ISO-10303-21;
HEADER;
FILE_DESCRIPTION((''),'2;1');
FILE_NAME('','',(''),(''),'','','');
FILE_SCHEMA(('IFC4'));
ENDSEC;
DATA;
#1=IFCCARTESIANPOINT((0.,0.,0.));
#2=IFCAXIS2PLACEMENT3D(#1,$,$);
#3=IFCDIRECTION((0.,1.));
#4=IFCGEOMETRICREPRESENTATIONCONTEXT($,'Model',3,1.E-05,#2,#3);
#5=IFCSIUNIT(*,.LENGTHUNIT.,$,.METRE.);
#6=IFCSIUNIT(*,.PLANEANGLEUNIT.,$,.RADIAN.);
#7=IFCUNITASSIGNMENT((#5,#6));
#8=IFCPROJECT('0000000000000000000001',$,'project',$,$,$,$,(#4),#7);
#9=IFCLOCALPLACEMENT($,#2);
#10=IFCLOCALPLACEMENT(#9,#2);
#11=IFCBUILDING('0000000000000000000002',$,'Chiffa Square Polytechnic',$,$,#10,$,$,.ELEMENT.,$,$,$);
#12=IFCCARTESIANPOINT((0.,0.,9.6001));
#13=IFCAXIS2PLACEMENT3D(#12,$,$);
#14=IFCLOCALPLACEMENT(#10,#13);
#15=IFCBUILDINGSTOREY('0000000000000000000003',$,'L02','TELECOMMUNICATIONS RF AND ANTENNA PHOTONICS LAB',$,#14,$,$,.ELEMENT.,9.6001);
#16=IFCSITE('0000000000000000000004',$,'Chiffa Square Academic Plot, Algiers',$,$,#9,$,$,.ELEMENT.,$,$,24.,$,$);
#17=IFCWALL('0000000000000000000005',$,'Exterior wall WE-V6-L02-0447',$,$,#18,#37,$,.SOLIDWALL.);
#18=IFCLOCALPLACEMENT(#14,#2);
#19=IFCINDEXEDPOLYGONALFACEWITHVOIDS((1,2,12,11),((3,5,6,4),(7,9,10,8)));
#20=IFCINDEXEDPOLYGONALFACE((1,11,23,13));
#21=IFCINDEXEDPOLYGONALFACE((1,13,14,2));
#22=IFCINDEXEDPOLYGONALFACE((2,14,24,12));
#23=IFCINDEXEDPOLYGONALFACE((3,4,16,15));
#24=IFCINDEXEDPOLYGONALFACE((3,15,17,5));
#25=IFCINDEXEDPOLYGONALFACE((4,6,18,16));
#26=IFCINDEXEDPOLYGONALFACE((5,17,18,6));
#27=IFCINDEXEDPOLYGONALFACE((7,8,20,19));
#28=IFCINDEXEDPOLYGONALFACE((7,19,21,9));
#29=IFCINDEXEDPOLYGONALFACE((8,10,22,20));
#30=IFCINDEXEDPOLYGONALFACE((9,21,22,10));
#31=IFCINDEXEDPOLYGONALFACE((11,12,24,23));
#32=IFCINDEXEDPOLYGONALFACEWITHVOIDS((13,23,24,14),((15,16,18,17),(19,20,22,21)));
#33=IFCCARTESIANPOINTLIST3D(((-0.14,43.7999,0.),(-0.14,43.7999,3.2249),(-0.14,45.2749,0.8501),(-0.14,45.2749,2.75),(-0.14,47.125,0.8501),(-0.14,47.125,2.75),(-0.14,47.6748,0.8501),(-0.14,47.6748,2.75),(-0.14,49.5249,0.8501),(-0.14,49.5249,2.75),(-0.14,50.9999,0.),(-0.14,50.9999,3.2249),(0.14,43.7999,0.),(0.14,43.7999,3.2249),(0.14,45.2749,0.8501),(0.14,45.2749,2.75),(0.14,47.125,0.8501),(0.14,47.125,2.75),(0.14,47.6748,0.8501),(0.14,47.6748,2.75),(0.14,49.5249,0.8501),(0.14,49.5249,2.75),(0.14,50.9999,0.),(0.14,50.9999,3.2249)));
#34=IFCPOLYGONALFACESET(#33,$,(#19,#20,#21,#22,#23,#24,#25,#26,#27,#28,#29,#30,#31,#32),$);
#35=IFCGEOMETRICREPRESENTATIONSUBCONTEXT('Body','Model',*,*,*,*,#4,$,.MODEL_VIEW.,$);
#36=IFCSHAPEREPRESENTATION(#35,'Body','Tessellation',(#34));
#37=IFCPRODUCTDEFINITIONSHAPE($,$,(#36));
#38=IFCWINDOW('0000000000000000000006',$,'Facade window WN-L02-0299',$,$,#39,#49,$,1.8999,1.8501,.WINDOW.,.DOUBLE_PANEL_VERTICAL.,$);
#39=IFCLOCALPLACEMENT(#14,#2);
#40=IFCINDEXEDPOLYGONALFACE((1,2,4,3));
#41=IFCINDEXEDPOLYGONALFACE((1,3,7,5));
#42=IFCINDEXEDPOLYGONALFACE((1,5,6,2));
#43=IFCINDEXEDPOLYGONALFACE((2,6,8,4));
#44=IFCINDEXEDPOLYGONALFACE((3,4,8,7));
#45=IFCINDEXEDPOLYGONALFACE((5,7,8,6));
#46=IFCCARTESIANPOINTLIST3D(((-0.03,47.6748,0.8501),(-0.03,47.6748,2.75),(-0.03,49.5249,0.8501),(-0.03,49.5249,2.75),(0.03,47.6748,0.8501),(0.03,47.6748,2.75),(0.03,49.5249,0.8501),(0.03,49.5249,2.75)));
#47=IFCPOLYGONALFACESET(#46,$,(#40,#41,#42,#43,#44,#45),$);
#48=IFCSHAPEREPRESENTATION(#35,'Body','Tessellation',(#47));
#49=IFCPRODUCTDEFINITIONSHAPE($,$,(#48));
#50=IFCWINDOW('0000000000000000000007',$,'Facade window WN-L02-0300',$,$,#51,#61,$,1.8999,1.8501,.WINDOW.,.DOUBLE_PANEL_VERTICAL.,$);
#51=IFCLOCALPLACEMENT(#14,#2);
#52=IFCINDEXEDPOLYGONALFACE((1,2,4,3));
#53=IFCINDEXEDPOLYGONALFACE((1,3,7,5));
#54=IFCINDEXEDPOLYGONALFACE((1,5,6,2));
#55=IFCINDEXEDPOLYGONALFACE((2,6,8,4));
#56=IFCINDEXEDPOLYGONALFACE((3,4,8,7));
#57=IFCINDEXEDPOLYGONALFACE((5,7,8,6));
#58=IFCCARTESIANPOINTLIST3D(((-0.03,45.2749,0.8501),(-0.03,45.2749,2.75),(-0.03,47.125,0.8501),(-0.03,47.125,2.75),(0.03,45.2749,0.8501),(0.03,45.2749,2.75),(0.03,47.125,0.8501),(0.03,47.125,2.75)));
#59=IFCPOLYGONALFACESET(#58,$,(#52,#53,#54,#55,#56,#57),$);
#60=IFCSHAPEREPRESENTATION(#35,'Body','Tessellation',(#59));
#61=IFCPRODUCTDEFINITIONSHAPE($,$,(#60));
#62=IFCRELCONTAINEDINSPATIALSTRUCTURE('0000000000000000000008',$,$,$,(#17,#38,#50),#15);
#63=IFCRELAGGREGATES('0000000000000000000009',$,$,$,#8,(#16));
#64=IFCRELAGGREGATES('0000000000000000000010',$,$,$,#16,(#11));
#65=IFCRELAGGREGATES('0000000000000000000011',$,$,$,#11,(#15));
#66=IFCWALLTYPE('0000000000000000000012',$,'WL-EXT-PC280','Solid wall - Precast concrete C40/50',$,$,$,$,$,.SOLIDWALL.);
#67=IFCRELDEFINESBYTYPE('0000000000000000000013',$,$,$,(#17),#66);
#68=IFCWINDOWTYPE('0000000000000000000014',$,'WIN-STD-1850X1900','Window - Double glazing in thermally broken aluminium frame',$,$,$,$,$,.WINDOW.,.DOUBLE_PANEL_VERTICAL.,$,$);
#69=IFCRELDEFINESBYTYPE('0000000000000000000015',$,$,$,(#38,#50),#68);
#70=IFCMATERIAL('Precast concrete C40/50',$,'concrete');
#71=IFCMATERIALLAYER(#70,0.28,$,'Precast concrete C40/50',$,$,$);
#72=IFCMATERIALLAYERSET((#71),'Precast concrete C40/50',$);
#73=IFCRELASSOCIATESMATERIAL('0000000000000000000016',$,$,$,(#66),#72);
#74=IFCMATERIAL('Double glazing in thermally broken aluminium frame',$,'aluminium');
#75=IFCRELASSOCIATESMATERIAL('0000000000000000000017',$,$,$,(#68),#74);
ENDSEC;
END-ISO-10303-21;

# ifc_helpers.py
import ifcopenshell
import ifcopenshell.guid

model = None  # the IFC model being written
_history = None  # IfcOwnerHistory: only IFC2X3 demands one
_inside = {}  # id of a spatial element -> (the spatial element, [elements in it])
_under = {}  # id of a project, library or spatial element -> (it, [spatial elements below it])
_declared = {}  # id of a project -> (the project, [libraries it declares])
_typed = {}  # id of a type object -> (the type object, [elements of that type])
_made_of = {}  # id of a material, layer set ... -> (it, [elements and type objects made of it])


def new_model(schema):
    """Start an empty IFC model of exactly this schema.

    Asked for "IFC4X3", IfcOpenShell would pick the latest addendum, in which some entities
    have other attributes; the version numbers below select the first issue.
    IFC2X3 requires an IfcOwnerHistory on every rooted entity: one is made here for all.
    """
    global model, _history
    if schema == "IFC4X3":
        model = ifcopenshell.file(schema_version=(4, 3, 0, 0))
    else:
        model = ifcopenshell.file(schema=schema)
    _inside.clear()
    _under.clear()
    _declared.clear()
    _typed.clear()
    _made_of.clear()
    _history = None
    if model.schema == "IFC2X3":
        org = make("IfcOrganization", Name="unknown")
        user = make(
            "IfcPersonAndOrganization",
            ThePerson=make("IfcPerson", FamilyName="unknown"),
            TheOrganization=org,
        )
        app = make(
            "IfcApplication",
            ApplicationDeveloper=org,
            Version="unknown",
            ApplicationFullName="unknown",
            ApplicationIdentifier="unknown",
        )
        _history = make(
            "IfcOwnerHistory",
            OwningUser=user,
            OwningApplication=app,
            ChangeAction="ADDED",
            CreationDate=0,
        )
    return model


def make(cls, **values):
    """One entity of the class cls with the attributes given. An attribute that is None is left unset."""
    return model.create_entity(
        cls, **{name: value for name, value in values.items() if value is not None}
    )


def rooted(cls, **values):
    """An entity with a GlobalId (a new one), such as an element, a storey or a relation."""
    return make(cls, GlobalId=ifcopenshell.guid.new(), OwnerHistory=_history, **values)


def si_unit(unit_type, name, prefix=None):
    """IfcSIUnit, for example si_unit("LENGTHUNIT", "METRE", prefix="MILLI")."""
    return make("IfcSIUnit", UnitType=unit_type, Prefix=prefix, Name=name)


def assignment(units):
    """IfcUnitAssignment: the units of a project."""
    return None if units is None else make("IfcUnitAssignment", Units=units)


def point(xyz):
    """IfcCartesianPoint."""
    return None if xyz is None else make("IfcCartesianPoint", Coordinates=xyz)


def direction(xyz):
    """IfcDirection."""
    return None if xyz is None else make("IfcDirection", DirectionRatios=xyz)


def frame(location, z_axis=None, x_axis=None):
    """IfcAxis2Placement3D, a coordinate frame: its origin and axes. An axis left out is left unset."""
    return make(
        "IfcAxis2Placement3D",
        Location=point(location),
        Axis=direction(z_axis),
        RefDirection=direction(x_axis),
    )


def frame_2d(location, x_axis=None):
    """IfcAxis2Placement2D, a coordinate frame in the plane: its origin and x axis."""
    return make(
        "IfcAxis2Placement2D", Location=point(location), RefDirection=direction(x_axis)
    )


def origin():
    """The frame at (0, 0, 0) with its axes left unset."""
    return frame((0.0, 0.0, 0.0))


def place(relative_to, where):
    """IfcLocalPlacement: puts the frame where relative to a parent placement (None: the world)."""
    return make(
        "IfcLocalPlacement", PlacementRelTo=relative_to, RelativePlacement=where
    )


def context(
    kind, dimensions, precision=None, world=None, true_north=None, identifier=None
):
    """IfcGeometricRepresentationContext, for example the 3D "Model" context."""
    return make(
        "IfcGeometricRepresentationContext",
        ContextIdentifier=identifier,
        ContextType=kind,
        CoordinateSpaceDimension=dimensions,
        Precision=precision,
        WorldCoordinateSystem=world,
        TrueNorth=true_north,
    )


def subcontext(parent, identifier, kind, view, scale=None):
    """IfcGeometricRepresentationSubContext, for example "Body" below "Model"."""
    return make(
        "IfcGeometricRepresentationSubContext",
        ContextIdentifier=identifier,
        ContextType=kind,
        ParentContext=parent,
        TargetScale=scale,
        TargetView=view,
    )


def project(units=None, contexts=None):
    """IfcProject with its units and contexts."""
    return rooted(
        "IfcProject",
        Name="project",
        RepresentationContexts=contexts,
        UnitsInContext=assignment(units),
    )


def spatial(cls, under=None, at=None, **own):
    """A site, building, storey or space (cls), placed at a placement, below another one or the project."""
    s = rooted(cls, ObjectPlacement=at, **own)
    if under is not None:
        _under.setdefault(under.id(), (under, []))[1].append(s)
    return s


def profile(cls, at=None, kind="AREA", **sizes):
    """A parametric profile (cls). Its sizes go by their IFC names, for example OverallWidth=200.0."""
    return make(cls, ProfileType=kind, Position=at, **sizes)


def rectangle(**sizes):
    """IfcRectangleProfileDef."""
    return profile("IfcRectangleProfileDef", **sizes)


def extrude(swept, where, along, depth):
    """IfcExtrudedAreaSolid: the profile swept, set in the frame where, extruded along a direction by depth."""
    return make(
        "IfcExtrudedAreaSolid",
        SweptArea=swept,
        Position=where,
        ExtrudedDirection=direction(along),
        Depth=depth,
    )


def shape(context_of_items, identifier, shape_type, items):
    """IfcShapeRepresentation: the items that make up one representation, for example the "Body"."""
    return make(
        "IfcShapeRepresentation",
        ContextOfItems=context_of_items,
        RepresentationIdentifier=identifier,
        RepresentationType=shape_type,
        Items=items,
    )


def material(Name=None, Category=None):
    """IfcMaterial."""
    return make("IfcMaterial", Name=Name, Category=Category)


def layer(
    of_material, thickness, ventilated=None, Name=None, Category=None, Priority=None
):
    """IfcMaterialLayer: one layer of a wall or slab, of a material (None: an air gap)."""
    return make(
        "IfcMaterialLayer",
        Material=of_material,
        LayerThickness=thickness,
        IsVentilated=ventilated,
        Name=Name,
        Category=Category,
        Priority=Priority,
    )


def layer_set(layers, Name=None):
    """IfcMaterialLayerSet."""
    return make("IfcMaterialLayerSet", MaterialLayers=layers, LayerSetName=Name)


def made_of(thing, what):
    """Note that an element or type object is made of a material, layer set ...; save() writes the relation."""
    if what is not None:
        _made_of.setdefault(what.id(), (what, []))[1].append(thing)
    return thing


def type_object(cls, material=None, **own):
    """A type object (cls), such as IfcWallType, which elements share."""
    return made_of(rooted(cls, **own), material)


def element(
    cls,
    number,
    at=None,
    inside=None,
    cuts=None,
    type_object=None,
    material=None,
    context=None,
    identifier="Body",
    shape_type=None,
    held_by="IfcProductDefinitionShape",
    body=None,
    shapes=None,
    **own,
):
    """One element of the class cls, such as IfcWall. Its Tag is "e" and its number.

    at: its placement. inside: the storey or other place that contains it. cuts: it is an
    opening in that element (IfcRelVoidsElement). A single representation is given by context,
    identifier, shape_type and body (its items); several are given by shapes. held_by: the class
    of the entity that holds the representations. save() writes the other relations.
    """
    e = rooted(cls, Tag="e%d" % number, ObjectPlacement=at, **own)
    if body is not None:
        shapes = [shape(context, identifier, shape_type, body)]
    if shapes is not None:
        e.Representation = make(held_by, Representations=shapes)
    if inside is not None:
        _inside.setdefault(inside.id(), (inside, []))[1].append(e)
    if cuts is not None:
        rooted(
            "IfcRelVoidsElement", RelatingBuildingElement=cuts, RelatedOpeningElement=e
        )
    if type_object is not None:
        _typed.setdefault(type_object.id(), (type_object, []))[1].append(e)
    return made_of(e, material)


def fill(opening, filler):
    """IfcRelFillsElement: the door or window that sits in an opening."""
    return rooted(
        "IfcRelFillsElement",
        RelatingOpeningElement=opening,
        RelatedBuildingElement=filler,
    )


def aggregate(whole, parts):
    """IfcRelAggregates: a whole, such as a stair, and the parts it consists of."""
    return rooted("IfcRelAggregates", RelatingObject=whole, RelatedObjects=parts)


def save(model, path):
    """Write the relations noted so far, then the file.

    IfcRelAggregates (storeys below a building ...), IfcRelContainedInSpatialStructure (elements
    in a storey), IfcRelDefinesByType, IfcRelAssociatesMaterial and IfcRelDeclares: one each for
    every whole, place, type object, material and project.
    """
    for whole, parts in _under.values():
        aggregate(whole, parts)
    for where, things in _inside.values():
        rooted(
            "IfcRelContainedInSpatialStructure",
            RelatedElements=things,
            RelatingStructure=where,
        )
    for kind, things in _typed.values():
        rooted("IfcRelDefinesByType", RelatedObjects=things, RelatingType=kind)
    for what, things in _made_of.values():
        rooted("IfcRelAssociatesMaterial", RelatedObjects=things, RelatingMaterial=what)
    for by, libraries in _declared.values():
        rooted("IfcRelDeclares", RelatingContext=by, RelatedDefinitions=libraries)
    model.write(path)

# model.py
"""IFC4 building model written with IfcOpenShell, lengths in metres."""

from ifc_helpers import new_model, si_unit, direction, frame, frame_2d, origin, place, context, subcontext, project, spatial, rectangle, extrude, material, layer, layer_set, type_object, element, fill, save


model = new_model("IFC4")

# Units and contexts
model_context = context("Model", 3, precision=1e-05, world=origin(), true_north=direction((0.0, 1.0)))
body_context = subcontext(model_context, "Body", "Model", "MODEL_VIEW")
ifc_project = project(units=[si_unit("LENGTHUNIT", "METRE"), si_unit("PLANEANGLEUNIT", "RADIAN")], contexts=[model_context])

# Site, building, storey
site_placement = place(None, origin())
site = spatial("IfcSite", under=ifc_project, at=site_placement, Name="Chiffa Square Academic Plot, Algiers", CompositionType="ELEMENT", RefElevation=24.0)
building_placement = place(site_placement, origin())
building = spatial("IfcBuilding", under=site, at=building_placement, Name="Chiffa Square Polytechnic", CompositionType="ELEMENT")
storey_placement = place(building_placement, frame((0.0, 0.0, 9.6001)))
storey = spatial("IfcBuildingStorey", under=building, at=storey_placement, Name="L02", Description="TELECOMMUNICATIONS RF AND ANTENNA PHOTONICS LAB", CompositionType="ELEMENT", Elevation=9.6001)

# Shared definitions
ifc_material_1 = material(Name="Precast concrete C40/50", Category="concrete")

# Wall, openings, windows
ifc_layer_1 = layer(ifc_material_1, 0.28, Name="Precast concrete C40/50")
ifc_layer_set_1 = layer_set([ifc_layer_1], Name="Precast concrete C40/50")
wall_type_1 = type_object("IfcWallType", Name="WL-EXT-PC280", Description="Solid wall - Precast concrete C40/50", PredefinedType="SOLIDWALL", material=ifc_layer_set_1)
wall_1_placement = place(storey_placement, frame((0.0, 51.0, 0.0), z_axis=(0.0, 0.0, 1.0), x_axis=(0.0, -1.0, 0.0)))
wall_1 = element("IfcWall", 1, at=wall_1_placement, inside=storey, type_object=wall_type_1, Name="Exterior wall WE-V6-L02-0447", PredefinedType="SOLIDWALL", context=body_context, shape_type="SweptSolid", body=[
    extrude(rectangle(XDim=7.2, YDim=0.28, at=frame_2d((3.6001, 0.0))), origin(), (0.0, 0.0, 1.0), 3.2249),
])
opening_1_placement = place(wall_1_placement, frame((1.4751, 0.0, 0.8501)))
opening_1 = element("IfcOpeningElement", 2, at=opening_1_placement, cuts=wall_1, PredefinedType="OPENING", context=body_context, shape_type="SweptSolid", body=[
    extrude(rectangle(XDim=1.8501, YDim=1.8999, at=frame_2d((0.925, 0.95))), frame((0.0, 0.1499, 0.0), z_axis=(0.0, -1.0, 0.0), x_axis=(1.0, 0.0, 0.0)), (0.0, 0.0, 1.0), 0.3),
])
opening_2_placement = place(wall_1_placement, frame((3.875, 0.0, 0.8501)))
opening_2 = element("IfcOpeningElement", 3, at=opening_2_placement, cuts=wall_1, PredefinedType="OPENING", context=body_context, shape_type="SweptSolid", body=[
    extrude(rectangle(XDim=1.8501, YDim=1.8999, at=frame_2d((0.925, 0.95))), frame((0.0, 0.1499, 0.0), z_axis=(0.0, -1.0, 0.0), x_axis=(1.0, 0.0, 0.0)), (0.0, 0.0, 1.0), 0.3),
])
ifc_material_2 = material(Name="Double glazing in thermally broken aluminium frame", Category="aluminium")
window_type = type_object("IfcWindowType", Name="WIN-STD-1850X1900", Description="Window - Double glazing in thermally broken aluminium frame", PartitioningType="DOUBLE_PANEL_VERTICAL", PredefinedType="WINDOW", material=ifc_material_2)
window_1_placement = place(opening_1_placement, origin())
window_1 = element("IfcWindow", 4, at=window_1_placement, inside=storey, type_object=window_type, Name="Facade window WN-L02-0299", OverallHeight=1.8999, OverallWidth=1.8501, PartitioningType="DOUBLE_PANEL_VERTICAL", PredefinedType="WINDOW", context=body_context, shape_type="SweptSolid", body=[
    extrude(rectangle(XDim=1.8501, YDim=1.8999, at=frame_2d((0.925, 0.95))), frame((0.0, 0.03, 0.0), z_axis=(0.0, -1.0, 0.0), x_axis=(1.0, 0.0, 0.0)), (0.0, 0.0, 1.0), 0.0601),
])
fill(opening_1, window_1)
window_2_placement = place(opening_2_placement, origin())
window_2 = element("IfcWindow", 5, at=window_2_placement, inside=storey, type_object=window_type, Name="Facade window WN-L02-0300", OverallHeight=1.8999, OverallWidth=1.8501, PartitioningType="DOUBLE_PANEL_VERTICAL", PredefinedType="WINDOW", context=body_context, shape_type="SweptSolid", body=[
    extrude(rectangle(XDim=1.8501, YDim=1.8999, at=frame_2d((0.925, 0.95))), frame((0.0, 0.03, 0.0), z_axis=(0.0, -1.0, 0.0), x_axis=(1.0, 0.0, 0.0)), (0.0, 0.0, 1.0), 0.0601),
])
fill(opening_2, window_2)

save(model, "model.ifc")
